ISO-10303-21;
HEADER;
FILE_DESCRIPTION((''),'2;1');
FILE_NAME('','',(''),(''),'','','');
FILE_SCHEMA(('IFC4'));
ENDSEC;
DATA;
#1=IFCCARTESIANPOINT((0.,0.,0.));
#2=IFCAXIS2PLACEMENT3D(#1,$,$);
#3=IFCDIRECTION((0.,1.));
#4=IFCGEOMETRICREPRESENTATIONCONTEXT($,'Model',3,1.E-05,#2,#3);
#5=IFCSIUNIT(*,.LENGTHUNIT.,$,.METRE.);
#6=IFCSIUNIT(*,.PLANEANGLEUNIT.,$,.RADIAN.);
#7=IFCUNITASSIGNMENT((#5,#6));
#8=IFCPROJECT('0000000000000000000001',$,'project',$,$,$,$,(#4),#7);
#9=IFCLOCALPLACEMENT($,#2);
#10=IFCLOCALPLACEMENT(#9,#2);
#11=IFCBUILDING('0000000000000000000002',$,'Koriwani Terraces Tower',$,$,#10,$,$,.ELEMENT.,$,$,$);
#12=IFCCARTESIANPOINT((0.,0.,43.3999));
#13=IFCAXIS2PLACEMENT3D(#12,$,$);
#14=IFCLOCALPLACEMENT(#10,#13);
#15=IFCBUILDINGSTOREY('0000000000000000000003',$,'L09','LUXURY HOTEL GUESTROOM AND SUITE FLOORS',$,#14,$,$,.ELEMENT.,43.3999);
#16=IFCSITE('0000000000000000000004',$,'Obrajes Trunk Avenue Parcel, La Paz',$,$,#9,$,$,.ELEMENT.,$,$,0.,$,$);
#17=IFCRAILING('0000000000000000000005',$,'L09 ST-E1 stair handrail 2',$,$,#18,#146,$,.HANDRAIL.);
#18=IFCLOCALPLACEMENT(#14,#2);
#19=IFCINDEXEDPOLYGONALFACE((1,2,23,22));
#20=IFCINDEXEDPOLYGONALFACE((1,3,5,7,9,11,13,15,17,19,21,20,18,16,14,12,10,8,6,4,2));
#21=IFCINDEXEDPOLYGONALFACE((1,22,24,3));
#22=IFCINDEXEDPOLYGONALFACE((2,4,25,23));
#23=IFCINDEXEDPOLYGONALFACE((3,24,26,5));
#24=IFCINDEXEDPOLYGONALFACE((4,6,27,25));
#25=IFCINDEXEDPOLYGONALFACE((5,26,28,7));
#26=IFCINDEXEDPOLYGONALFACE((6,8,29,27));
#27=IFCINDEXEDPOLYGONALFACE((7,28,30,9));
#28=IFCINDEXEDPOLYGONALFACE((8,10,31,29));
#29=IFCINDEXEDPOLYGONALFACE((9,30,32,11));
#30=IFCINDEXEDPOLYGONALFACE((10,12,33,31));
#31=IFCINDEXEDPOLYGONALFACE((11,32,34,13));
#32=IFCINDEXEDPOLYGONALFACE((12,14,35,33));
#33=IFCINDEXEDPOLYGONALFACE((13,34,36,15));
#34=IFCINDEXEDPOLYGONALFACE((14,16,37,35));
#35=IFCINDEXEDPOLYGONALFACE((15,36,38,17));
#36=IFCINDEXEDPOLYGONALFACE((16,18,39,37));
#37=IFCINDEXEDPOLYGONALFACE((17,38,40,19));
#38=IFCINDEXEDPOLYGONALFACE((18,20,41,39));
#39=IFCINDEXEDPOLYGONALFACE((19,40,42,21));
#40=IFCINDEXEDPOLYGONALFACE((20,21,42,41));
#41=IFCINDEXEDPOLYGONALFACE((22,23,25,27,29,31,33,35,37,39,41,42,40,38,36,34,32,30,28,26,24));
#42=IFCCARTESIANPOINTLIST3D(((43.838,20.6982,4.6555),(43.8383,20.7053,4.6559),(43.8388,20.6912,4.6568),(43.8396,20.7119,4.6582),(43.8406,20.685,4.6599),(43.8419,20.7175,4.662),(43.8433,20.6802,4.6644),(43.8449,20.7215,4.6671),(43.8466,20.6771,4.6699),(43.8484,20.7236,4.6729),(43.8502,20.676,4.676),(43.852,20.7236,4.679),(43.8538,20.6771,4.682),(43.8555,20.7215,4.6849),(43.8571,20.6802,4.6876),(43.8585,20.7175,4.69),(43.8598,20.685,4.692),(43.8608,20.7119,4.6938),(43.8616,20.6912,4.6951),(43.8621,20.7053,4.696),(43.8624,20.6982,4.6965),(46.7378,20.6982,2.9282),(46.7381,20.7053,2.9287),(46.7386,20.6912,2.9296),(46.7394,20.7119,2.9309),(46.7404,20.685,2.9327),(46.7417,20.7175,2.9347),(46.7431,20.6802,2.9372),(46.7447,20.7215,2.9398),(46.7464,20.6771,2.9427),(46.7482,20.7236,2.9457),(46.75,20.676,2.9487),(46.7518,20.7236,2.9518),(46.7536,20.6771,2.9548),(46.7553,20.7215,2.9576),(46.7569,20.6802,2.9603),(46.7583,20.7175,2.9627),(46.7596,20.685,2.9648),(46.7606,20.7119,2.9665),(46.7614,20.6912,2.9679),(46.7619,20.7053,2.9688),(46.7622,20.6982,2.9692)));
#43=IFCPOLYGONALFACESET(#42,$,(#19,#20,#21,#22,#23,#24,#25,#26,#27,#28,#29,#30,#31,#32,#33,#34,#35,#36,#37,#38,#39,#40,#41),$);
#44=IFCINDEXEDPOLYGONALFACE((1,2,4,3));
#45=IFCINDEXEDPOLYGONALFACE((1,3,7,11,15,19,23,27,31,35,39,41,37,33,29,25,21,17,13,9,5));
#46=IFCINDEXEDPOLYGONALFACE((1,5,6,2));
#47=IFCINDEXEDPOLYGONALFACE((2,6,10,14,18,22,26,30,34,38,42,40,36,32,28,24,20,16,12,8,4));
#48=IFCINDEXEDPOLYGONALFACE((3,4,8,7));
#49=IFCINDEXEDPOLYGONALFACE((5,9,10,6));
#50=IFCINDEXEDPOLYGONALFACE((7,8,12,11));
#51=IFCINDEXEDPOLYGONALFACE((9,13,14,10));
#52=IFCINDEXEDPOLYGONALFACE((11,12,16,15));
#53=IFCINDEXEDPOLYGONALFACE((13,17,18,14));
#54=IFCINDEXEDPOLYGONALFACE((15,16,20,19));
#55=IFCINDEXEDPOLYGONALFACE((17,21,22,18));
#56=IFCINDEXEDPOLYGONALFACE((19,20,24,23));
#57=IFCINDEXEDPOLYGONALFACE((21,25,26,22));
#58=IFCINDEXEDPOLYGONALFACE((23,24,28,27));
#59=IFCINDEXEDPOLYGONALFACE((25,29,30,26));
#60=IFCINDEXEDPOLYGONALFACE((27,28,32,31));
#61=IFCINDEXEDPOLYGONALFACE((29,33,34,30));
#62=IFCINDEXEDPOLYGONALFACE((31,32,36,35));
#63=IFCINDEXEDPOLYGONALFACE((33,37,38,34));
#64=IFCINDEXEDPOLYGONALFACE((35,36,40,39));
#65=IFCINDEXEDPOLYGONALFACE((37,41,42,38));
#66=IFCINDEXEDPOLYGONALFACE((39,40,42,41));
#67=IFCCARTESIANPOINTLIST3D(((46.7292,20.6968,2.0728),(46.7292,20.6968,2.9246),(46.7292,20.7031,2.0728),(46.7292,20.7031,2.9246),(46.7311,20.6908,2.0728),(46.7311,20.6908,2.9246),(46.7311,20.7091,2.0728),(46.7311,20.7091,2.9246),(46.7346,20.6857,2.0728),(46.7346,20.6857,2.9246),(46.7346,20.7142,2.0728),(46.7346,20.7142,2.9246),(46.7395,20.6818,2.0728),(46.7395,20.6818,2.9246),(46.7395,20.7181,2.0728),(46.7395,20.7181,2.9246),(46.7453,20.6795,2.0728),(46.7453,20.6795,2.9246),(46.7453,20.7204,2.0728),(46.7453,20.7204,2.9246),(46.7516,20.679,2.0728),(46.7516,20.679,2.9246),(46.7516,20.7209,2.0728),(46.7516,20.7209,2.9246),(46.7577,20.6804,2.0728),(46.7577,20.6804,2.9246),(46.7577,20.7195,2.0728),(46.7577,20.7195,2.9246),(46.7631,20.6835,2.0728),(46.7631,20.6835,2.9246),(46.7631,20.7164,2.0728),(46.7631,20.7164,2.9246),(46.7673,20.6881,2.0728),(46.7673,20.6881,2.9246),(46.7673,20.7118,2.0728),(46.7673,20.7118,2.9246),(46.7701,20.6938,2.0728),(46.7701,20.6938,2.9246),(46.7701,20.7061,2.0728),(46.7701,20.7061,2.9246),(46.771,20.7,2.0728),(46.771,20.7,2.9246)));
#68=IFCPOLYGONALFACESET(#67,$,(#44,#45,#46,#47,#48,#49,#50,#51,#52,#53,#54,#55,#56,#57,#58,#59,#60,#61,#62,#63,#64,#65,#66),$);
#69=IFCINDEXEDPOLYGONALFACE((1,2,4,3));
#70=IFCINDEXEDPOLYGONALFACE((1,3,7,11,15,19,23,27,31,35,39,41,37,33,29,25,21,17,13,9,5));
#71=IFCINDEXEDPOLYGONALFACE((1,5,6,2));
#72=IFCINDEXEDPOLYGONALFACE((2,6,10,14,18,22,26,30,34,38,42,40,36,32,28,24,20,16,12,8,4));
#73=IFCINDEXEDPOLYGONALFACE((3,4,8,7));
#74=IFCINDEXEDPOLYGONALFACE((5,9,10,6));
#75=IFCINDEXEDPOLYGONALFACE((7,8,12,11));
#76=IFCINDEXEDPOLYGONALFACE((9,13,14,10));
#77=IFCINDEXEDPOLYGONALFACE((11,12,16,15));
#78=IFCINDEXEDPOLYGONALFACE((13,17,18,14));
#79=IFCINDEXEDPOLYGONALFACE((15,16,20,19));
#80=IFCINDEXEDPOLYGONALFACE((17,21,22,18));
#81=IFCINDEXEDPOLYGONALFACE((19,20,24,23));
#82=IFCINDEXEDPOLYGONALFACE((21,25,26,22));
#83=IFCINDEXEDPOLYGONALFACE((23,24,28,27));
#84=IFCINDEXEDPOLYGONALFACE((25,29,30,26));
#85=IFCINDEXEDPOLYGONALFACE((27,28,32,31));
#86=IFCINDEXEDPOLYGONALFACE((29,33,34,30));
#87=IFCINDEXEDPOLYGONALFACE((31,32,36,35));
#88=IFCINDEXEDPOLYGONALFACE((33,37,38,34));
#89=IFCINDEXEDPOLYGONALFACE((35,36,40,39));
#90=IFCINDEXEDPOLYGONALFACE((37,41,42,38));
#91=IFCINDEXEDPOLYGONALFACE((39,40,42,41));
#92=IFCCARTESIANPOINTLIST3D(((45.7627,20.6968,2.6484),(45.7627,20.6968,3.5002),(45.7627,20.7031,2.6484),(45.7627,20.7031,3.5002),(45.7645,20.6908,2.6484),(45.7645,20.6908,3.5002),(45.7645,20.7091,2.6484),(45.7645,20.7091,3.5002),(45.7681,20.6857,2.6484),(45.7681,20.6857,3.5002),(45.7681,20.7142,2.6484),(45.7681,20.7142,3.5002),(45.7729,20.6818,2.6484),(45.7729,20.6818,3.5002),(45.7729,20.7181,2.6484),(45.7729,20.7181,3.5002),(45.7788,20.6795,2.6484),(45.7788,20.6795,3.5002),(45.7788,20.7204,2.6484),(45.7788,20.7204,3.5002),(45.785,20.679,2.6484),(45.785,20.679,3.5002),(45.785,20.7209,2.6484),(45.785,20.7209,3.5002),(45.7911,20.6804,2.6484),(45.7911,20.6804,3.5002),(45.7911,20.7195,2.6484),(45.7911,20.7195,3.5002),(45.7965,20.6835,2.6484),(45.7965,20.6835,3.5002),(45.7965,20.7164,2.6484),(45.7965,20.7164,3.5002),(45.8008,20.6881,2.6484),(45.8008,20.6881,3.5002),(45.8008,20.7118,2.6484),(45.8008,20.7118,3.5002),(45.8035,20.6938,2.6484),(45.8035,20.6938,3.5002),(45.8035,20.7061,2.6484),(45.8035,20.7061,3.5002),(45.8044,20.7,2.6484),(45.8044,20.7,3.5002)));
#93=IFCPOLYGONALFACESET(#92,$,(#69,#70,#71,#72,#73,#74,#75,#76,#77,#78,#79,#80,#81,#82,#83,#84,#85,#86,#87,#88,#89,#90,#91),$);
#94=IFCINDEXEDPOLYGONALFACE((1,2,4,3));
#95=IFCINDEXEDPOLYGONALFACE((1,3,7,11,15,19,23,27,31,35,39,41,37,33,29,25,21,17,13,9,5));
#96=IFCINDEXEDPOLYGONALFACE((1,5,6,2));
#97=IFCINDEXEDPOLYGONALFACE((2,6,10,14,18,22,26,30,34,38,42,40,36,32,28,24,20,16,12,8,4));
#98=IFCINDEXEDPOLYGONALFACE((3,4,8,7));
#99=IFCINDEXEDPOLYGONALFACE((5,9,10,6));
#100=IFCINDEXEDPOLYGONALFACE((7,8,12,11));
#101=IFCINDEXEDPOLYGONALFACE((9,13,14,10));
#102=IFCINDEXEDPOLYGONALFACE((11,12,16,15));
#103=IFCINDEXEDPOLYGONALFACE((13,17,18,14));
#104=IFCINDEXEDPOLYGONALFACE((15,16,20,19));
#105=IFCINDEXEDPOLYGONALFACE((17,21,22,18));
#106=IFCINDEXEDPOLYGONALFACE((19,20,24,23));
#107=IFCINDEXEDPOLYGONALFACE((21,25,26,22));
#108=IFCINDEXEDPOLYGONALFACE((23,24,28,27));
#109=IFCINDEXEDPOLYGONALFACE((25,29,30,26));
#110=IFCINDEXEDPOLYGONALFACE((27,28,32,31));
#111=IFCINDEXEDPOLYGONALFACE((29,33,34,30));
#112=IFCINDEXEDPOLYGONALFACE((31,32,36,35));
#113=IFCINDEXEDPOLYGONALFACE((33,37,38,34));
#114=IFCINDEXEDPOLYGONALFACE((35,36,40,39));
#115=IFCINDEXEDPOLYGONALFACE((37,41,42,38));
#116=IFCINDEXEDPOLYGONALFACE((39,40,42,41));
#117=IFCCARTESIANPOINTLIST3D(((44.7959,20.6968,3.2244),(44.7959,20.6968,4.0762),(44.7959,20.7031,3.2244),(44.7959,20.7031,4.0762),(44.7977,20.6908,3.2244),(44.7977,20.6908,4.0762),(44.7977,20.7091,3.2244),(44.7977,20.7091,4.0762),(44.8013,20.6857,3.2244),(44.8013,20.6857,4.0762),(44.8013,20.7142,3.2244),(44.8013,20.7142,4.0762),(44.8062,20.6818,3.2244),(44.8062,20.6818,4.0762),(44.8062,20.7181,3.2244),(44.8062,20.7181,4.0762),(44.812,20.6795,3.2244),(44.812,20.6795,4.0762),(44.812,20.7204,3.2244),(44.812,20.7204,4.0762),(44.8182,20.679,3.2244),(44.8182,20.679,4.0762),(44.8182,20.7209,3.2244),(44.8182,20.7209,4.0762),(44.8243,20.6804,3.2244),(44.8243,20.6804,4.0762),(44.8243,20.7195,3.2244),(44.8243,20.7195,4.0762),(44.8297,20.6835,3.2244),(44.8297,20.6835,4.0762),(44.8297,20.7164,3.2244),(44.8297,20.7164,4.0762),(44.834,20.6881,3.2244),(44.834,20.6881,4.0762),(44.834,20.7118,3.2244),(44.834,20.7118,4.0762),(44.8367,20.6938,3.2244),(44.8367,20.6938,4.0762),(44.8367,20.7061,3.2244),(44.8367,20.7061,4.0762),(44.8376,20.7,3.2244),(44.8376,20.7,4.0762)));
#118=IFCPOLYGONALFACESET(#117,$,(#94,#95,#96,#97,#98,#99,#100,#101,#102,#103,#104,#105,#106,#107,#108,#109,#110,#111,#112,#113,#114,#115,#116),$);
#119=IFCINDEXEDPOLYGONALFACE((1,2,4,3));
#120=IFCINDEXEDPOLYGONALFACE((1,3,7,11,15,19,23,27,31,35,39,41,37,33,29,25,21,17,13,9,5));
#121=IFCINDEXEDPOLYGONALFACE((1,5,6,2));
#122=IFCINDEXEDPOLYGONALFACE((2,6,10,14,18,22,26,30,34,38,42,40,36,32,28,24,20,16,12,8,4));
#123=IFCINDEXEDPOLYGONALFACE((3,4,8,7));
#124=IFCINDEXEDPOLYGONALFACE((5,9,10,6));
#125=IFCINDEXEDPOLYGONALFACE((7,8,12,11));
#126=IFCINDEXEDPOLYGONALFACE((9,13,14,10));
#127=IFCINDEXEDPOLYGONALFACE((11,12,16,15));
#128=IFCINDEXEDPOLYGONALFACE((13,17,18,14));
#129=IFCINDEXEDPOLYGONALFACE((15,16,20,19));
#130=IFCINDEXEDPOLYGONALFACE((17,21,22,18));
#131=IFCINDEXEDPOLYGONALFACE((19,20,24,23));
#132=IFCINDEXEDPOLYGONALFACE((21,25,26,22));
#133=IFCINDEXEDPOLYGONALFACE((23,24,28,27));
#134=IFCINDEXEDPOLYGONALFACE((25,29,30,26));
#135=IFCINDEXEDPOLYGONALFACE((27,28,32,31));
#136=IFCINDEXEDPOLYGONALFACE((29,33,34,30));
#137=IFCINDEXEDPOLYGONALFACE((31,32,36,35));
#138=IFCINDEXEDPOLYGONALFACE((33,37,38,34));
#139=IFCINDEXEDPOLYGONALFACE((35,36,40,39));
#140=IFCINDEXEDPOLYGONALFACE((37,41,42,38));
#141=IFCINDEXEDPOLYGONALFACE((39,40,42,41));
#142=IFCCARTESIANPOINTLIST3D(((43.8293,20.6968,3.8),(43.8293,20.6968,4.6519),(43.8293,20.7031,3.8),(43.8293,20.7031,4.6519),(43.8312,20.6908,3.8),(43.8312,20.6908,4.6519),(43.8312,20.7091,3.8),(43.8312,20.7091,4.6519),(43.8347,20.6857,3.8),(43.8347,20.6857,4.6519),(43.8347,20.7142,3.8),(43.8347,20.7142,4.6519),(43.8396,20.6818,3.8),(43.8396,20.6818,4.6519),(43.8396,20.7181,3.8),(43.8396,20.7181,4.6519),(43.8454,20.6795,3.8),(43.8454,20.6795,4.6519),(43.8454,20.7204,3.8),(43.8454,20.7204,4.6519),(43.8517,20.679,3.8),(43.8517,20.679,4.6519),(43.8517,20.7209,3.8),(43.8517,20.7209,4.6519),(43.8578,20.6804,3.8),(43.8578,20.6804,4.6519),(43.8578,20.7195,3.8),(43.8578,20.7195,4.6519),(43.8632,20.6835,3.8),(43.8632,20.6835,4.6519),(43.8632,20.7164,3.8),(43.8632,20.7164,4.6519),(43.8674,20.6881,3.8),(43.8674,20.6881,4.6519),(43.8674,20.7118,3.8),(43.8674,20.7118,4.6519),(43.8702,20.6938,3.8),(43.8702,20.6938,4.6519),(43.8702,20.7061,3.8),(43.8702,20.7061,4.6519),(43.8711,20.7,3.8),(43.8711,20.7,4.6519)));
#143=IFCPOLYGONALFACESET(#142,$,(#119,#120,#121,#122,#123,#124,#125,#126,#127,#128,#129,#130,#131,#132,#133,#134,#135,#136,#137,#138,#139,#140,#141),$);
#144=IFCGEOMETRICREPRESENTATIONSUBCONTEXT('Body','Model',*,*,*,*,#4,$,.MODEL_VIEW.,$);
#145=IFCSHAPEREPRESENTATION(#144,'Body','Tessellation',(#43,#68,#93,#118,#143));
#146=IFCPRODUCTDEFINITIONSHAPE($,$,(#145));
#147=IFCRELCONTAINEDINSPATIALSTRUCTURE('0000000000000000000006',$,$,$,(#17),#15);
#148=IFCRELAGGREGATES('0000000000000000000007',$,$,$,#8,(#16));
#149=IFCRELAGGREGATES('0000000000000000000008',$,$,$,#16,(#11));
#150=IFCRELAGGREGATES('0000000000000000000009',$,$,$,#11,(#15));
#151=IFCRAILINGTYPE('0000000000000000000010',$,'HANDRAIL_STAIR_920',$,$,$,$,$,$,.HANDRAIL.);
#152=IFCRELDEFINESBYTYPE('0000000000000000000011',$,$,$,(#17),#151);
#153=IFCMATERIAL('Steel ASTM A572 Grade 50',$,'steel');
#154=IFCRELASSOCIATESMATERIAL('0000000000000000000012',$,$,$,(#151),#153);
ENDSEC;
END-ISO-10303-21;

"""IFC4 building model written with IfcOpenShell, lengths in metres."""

from ifc_helpers import new_model, si_unit, direction, frame, origin, origin_2d, place, context, subcontext, project, spatial, circle, extrude, material, type_object, element, save


model = new_model("IFC4")

# Units and contexts
model_context = context("Model", 3, precision=1e-05, world=origin(), true_north=direction((0.0, 1.0)))
body_context = subcontext(model_context, "Body", "Model", "MODEL_VIEW")
ifc_project = project(units=[si_unit("LENGTHUNIT", "METRE"), si_unit("PLANEANGLEUNIT", "RADIAN")], contexts=[model_context])

# Site, building, storey
site_placement = place(None, origin())
site = spatial("IfcSite", under=ifc_project, at=site_placement, Name="Obrajes Trunk Avenue Parcel, La Paz", CompositionType="ELEMENT", RefElevation=0.0)
building_placement = place(site_placement, origin())
building = spatial("IfcBuilding", under=site, at=building_placement, Name="Koriwani Terraces Tower", CompositionType="ELEMENT")
storey_placement = place(building_placement, frame((0.0, 0.0, 43.3999)))
storey = spatial("IfcBuildingStorey", under=building, at=storey_placement, Name="L09", Description="LUXURY HOTEL GUESTROOM AND SUITE FLOORS", CompositionType="ELEMENT", Elevation=43.3999)

# Shared definitions
ifc_material_1 = material(Name="Steel ASTM A572 Grade 50", Category="steel")

# Railing
railing_type_1 = type_object("IfcRailingType", Name="HANDRAIL_STAIR_920", PredefinedType="HANDRAIL", material=ifc_material_1)
railing_1_placement = place(storey_placement, frame((46.75, 20.7, 2.0728)))
element("IfcRailing", 1, at=railing_1_placement, inside=storey, type_object=railing_type_1, Name="L09 ST-E1 stair handrail 2", PredefinedType="HANDRAIL", context=body_context, shape_type="SweptSolid", body=[
    extrude(circle(Radius=0.0239, at=origin_2d()), frame((0.0, 0.0, 0.876), z_axis=(-0.859141, 0.0, 0.511738), x_axis=(0.0, -1.0, 0.0)), (0.0, 0.0, 1.0), 3.3752),
    extrude(circle(Radius=0.021, at=origin_2d()), origin(), (0.0, 0.0, 1.0), 0.8518),
    extrude(circle(Radius=0.021, at=origin_2d()), frame((-0.9666, 0.0, 0.5757)), (0.0, 0.0, 1.0), 0.8518),
    extrude(circle(Radius=0.021, at=origin_2d()), frame((-1.9333, 0.0, 1.1516)), (0.0, 0.0, 1.0), 0.8518),
    extrude(circle(Radius=0.021, at=origin_2d()), frame((-2.8999, 0.0, 1.7273)), (0.0, 0.0, 1.0), 0.8518),
])

save(model, "model.ifc")
